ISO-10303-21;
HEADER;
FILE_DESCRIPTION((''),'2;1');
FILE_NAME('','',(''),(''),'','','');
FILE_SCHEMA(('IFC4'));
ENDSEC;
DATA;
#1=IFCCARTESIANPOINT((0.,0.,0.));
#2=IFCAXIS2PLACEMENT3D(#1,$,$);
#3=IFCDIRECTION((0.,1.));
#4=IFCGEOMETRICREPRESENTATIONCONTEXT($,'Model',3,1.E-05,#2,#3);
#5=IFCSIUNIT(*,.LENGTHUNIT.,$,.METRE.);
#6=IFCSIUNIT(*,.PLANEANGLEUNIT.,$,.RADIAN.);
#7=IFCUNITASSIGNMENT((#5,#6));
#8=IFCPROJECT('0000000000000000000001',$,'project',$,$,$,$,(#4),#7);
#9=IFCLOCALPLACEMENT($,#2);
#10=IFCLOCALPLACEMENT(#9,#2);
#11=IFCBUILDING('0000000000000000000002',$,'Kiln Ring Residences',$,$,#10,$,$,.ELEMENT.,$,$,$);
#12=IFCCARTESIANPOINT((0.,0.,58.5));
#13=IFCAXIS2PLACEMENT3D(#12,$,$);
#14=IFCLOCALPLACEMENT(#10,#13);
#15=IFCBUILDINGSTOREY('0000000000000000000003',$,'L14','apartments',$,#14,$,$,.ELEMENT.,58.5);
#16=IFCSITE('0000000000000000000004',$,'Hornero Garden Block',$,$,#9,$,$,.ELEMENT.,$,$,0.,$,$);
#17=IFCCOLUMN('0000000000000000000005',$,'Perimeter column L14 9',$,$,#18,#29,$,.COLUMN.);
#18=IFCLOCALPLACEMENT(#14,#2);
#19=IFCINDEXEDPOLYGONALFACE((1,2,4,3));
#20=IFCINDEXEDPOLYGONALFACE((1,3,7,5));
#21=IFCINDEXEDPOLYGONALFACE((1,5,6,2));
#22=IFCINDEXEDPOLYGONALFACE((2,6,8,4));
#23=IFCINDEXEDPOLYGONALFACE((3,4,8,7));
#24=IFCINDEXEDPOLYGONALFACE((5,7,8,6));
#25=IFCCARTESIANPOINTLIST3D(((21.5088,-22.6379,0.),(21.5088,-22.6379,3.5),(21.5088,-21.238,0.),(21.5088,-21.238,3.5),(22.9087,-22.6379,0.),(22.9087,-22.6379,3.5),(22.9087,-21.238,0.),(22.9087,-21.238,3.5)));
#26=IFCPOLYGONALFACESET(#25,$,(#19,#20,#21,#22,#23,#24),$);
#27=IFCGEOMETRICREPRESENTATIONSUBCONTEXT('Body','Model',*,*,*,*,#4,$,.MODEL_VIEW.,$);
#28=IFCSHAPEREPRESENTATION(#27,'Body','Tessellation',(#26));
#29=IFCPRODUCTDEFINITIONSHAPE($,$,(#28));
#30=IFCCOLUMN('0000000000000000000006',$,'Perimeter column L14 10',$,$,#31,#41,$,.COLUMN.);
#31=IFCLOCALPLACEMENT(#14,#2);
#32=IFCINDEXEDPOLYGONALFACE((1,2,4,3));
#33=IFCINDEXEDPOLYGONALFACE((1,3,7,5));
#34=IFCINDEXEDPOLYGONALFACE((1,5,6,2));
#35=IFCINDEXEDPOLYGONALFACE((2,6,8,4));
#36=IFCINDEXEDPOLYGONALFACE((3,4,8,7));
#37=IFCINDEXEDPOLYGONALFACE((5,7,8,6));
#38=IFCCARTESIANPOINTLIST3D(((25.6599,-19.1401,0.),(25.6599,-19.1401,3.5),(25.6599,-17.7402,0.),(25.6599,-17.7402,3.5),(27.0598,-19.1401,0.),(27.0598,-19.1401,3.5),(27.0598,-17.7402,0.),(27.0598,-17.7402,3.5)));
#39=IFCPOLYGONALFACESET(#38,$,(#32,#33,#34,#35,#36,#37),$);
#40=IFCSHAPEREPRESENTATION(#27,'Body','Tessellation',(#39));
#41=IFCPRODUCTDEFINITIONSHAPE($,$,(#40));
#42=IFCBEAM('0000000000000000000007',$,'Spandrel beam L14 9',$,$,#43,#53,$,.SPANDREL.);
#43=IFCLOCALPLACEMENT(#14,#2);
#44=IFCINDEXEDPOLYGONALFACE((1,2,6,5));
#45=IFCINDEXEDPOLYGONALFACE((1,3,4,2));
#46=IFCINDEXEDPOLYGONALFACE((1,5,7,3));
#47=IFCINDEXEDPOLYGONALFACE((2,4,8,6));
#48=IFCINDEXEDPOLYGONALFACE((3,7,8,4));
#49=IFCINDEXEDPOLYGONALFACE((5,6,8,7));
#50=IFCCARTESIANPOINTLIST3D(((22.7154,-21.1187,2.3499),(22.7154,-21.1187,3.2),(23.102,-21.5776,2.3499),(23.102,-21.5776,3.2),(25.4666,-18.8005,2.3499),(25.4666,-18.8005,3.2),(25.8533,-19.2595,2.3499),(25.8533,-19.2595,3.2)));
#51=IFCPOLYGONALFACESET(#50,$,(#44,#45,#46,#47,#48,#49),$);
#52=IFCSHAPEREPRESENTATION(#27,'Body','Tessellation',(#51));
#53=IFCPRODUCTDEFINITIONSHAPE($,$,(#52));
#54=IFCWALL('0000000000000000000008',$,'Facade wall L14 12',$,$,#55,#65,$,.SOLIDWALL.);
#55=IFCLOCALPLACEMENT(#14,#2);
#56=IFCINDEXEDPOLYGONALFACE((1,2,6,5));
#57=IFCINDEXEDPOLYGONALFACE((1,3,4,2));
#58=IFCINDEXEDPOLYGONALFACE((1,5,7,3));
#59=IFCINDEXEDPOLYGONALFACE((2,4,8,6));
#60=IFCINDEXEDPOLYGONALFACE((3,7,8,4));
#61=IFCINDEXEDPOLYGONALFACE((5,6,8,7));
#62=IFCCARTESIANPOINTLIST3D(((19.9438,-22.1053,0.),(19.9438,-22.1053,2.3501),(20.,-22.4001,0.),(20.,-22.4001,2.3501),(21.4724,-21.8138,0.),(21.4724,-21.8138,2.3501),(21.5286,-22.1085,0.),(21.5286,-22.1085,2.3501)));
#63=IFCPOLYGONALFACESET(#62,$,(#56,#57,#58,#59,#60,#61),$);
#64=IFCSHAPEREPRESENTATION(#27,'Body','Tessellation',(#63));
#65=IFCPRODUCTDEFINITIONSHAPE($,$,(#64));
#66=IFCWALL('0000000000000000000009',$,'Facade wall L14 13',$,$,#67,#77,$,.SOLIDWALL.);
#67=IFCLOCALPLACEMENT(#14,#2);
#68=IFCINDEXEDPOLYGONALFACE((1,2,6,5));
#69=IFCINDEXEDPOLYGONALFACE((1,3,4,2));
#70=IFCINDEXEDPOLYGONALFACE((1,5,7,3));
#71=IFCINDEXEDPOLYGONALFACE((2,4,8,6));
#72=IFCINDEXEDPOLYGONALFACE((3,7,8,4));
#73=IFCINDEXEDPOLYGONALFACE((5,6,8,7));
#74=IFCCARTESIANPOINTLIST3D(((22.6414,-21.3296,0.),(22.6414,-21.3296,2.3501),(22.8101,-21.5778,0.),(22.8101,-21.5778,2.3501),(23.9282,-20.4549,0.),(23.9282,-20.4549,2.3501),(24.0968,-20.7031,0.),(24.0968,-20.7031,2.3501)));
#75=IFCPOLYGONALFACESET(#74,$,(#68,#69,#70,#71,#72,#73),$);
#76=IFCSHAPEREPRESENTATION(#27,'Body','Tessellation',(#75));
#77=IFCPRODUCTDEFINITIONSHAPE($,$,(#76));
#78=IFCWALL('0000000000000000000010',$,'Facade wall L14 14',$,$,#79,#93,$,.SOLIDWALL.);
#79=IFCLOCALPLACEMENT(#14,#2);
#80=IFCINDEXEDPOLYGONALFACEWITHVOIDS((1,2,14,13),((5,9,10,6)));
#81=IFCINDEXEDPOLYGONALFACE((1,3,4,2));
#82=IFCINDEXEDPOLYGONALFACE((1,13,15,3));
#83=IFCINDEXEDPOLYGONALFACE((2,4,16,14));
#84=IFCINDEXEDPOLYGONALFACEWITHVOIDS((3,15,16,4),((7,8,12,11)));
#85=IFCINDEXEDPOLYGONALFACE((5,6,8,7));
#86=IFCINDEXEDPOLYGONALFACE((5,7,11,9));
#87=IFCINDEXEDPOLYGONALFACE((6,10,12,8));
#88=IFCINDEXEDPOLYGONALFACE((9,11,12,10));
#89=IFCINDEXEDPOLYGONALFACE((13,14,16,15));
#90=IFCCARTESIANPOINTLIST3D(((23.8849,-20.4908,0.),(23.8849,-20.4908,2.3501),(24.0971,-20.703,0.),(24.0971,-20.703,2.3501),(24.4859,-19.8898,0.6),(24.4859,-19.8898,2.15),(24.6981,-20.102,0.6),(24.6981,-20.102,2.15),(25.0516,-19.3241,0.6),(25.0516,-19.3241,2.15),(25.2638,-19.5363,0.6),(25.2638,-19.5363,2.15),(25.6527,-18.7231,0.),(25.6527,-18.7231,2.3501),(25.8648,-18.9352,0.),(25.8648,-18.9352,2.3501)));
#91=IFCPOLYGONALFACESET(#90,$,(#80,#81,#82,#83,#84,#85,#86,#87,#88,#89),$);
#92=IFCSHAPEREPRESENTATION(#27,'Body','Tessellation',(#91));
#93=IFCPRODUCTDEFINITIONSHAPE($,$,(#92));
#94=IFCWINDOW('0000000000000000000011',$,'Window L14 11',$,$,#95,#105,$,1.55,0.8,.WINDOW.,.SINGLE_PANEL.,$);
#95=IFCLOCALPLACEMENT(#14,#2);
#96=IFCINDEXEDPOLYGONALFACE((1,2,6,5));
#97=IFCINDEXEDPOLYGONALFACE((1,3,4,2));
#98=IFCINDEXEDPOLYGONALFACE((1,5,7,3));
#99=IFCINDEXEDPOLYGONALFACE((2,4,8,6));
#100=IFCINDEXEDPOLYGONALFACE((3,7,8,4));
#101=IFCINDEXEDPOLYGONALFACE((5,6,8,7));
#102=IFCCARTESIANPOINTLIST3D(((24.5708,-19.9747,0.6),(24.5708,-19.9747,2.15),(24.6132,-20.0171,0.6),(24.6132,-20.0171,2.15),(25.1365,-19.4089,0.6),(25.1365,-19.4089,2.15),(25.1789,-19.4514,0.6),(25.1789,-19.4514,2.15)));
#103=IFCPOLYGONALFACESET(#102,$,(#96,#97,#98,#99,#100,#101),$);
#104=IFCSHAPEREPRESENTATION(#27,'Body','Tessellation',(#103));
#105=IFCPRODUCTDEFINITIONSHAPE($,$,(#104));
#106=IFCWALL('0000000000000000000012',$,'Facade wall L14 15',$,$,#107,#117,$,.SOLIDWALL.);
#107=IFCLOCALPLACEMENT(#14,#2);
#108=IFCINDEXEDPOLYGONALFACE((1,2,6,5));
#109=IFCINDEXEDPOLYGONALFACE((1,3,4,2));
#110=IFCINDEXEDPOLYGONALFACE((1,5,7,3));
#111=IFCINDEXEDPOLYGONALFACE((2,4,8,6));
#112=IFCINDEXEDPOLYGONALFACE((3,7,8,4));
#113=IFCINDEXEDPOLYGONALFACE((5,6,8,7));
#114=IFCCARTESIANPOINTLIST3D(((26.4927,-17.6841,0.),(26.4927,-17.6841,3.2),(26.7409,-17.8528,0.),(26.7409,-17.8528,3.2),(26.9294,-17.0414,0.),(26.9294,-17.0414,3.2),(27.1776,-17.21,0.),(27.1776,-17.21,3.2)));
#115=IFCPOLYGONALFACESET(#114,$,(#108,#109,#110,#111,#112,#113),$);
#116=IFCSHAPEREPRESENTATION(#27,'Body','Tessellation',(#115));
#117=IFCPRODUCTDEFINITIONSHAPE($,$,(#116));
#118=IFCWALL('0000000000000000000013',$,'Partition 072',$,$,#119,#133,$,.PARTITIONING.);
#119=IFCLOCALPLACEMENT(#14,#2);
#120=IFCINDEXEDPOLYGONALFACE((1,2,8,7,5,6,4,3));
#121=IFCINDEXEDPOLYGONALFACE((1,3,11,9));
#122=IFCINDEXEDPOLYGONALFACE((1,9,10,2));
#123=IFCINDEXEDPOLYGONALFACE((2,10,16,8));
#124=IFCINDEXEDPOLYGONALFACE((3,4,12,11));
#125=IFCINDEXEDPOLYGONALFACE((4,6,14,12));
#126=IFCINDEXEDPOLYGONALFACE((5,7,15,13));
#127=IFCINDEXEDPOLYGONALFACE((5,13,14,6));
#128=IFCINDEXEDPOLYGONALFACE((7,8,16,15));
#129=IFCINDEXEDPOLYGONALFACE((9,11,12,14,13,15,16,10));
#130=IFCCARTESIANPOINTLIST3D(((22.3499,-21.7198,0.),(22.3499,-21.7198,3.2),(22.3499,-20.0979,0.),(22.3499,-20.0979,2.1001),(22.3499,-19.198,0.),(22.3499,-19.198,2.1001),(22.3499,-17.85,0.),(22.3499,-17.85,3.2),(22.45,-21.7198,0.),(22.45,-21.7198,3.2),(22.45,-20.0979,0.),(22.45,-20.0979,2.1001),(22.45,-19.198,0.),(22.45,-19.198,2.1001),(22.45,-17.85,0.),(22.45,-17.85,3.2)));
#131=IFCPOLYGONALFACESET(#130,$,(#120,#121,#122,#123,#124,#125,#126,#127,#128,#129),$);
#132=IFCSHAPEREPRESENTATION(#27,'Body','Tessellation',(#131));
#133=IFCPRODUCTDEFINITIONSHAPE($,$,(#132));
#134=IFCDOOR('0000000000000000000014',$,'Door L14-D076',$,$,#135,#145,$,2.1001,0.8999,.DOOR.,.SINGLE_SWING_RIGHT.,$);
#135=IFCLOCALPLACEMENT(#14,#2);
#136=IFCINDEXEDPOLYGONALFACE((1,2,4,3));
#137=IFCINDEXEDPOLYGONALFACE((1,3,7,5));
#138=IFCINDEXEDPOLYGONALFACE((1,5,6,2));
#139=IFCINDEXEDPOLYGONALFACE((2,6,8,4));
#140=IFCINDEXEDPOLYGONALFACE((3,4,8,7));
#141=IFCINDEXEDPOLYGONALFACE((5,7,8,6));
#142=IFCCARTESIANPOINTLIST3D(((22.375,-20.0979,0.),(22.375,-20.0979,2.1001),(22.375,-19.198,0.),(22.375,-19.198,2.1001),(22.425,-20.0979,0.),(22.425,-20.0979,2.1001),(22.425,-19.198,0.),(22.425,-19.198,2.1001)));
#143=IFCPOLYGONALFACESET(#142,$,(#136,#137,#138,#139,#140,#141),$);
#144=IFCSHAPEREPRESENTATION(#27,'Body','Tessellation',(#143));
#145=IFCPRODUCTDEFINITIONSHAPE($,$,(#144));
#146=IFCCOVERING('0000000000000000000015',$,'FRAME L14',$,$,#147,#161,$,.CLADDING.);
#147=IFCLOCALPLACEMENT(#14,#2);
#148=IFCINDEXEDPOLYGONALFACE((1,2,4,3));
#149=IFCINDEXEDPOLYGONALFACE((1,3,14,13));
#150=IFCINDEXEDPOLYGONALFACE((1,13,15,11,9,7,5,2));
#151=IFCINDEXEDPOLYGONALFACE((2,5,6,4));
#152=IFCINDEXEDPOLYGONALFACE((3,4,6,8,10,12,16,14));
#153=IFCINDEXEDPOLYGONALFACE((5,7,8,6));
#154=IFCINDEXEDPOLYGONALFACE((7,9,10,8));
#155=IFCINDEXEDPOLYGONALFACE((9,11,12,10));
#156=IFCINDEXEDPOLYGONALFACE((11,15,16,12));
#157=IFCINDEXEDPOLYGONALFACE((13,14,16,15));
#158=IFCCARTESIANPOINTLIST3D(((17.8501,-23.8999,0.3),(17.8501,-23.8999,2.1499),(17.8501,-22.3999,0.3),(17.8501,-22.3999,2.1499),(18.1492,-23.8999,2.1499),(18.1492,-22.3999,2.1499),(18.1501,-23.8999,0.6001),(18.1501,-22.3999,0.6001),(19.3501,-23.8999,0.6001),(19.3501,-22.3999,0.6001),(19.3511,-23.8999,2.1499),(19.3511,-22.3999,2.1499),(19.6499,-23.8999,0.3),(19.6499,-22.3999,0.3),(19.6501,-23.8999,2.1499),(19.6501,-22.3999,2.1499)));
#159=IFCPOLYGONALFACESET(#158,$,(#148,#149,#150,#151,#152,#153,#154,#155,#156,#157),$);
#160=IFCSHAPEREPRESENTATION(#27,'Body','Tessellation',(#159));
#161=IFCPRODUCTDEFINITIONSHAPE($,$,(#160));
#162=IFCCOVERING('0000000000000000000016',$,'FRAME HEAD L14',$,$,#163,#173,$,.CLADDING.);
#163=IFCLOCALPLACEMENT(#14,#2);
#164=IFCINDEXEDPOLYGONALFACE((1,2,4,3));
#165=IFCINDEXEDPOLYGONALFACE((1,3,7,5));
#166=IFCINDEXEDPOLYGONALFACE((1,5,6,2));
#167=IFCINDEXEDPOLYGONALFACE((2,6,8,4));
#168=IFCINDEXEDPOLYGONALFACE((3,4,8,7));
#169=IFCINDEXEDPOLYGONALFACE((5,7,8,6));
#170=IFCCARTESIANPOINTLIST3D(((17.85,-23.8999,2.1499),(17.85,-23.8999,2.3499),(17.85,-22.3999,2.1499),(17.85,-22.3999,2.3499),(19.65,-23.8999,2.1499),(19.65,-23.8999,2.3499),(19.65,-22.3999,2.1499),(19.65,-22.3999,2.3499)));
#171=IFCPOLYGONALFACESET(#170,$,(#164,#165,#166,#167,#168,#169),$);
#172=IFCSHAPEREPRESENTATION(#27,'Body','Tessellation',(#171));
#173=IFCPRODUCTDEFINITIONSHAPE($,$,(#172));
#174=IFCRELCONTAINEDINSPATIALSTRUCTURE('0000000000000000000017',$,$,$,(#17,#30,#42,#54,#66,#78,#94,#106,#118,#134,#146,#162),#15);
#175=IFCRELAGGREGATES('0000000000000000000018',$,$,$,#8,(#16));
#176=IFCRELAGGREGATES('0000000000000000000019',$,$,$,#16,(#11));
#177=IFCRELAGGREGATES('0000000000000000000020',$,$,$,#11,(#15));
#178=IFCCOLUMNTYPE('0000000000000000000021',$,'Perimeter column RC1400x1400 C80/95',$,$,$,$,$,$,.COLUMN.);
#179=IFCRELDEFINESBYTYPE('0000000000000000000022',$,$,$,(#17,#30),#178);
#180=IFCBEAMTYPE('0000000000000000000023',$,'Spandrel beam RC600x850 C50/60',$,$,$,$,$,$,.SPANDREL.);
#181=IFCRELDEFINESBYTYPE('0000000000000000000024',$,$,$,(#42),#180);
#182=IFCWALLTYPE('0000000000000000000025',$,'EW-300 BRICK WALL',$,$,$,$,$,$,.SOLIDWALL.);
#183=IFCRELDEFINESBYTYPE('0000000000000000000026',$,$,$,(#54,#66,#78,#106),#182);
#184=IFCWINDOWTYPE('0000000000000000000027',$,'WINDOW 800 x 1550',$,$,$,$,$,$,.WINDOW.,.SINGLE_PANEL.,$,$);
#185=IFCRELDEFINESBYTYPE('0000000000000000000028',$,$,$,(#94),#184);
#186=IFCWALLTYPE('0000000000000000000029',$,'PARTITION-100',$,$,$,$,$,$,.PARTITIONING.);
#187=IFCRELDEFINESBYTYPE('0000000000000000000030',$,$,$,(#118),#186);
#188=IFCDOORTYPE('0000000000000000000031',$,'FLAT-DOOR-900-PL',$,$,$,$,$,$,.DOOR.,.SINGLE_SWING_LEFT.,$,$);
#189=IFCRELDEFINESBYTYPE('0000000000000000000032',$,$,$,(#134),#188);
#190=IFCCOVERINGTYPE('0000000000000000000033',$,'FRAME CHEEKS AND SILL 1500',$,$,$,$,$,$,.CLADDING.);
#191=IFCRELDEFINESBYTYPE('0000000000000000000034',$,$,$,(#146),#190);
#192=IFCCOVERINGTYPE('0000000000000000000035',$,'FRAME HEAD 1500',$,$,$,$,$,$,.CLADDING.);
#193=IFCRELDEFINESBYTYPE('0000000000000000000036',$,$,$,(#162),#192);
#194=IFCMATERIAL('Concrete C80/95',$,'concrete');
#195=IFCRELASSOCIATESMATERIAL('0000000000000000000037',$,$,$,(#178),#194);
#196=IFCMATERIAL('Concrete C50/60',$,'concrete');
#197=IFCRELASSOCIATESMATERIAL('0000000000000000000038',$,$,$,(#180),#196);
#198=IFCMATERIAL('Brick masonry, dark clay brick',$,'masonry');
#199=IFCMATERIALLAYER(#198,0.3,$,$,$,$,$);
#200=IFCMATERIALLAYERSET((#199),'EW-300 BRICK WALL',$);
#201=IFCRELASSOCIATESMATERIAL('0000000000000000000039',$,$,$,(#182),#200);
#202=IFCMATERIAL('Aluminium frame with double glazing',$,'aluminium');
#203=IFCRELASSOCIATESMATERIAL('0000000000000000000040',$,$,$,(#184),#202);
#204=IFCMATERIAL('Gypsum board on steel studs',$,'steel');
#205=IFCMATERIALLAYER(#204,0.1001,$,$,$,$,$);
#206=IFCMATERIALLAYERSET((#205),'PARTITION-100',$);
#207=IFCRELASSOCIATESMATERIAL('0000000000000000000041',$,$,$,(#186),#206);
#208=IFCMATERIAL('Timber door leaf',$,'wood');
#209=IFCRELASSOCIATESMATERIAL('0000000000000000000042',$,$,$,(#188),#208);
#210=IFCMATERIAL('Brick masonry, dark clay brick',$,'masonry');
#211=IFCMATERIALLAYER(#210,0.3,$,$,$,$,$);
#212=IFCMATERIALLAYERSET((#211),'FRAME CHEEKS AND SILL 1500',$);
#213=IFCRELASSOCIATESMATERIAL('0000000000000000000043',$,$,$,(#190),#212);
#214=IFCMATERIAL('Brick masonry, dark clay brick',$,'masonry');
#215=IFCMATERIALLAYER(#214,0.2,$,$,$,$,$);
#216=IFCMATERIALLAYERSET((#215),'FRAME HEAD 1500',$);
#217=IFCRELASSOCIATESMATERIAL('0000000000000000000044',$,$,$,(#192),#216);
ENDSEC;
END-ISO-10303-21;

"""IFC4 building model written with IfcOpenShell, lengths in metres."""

from ifc_helpers import new_model, si_unit, direction, frame, frame_2d, origin, origin_2d, place, context, subcontext, project, spatial, polyline, rectangle, outline, extrude, material, layer, layer_set, material_profile, profile_set, type_object, element, fill, save


model = new_model("IFC4")

# Units and contexts
model_context = context("Model", 3, precision=1e-05, world=origin(), true_north=direction((0.0, 1.0)))
body_context = subcontext(model_context, "Body", "Model", "MODEL_VIEW")
ifc_project = project(units=[si_unit("LENGTHUNIT", "METRE"), si_unit("PLANEANGLEUNIT", "RADIAN")], contexts=[model_context])

# Site, building, storey
site_placement = place(None, origin())
site = spatial("IfcSite", under=ifc_project, at=site_placement, Name="Hornero Garden Block", CompositionType="ELEMENT", RefElevation=0.0)
building_placement = place(site_placement, origin())
building = spatial("IfcBuilding", under=site, at=building_placement, Name="Kiln Ring Residences", CompositionType="ELEMENT")
storey_placement = place(building_placement, frame((0.0, 0.0, 58.5)))
storey = spatial("IfcBuildingStorey", under=building, at=storey_placement, Name="L14", Description="apartments", CompositionType="ELEMENT", Elevation=58.5)

# Columns
ifc_material_1 = material(Name="Concrete C80/95", Category="concrete")
ifc_material_profile_1 = material_profile(ifc_material_1, rectangle(XDim=1.3999, YDim=1.3999, at=origin_2d()), Name="RC1400x1400")
ifc_profile_set_1 = profile_set([ifc_material_profile_1], Name="Concrete C80/95")
column_type = type_object("IfcColumnType", Name="Perimeter column RC1400x1400 C80/95", PredefinedType="COLUMN", material=ifc_profile_set_1)
for number, where, z_axis, x_axis, name in (
    (1, (22.2087, -21.938, 0.0), (0.0, 0.0, 1.0), (1.0, 0.0, 0.0), "Perimeter column L14 9"),
    (2, (26.3599, -18.4402, 0.0), (0.0, 0.0, 1.0), (1.0, 0.0, 0.0), "Perimeter column L14 10"),
):
    element("IfcColumn", number, at=place(storey_placement, frame(where, z_axis=z_axis, x_axis=x_axis)), inside=storey, type_object=column_type, Name=name, PredefinedType="COLUMN", context=body_context, shape_type="SweptSolid", body=[
        extrude(rectangle(XDim=1.3999, YDim=1.3999, at=origin_2d()), origin(), (0.0, 0.0, 1.0), 3.5),
    ])

# Beam
ifc_material_2 = material(Name="Concrete C50/60", Category="concrete")
ifc_material_profile_2 = material_profile(ifc_material_2, rectangle(XDim=0.6001, YDim=0.8501, at=origin_2d()), Name="RC600x850")
ifc_profile_set_2 = profile_set([ifc_material_profile_2], Name="Concrete C50/60")
beam_type = type_object("IfcBeamType", Name="Spandrel beam RC600x850 C50/60", PredefinedType="SPANDREL", material=ifc_profile_set_2)
beam_placement = place(storey_placement, frame((22.9087, -21.3481, 2.7749), z_axis=(0.764733, 0.644347, 0.0), x_axis=(-0.644347, 0.764733, 0.0)))
element("IfcBeam", 3, at=beam_placement, inside=storey, type_object=beam_type, Name="Spandrel beam L14 9", PredefinedType="SPANDREL", context=body_context, shape_type="SweptSolid", body=[
    extrude(rectangle(XDim=0.6001, YDim=0.8501, at=origin_2d()), origin(), (0.0, 0.0, 1.0), 3.5977),
])

# Walls
ifc_material_3 = material(Name="Brick masonry, dark clay brick", Category="masonry")
ifc_layer_1 = layer(ifc_material_3, 0.3)
ifc_layer_set_1 = layer_set([ifc_layer_1], Name="EW-300 BRICK WALL")
wall_type_1 = type_object("IfcWallType", Name="EW-300 BRICK WALL", PredefinedType="SOLIDWALL", material=ifc_layer_set_1)
wall_1_placement = place(storey_placement, frame((19.9719, -22.2527, 0.0), z_axis=(0.0, 0.0, 1.0), x_axis=(0.982297, 0.187328, 0.0)))
element("IfcWall", 4, at=wall_1_placement, inside=storey, type_object=wall_type_1, Name="Facade wall L14 12", PredefinedType="SOLIDWALL", context=body_context, shape_type="SweptSolid", body=[
    extrude(rectangle(XDim=1.5562, YDim=0.3, at=frame_2d((0.7781, 0.0))), origin(), (0.0, 0.0, 1.0), 2.3501),
])
wall_2_placement = place(storey_placement, frame((22.7258, -21.4536, 0.0), z_axis=(0.0, 0.0, 1.0), x_axis=(0.82702, 0.562173, 0.0)))
element("IfcWall", 5, at=wall_2_placement, inside=storey, type_object=wall_type_1, Name="Facade wall L14 13", PredefinedType="SOLIDWALL", context=body_context, shape_type="SweptSolid", body=[
    extrude(rectangle(XDim=1.5559, YDim=0.3, at=frame_2d((0.7778, 0.0))), origin(), (0.0, 0.0, 1.0), 2.3501),
])

# Wall, opening, window
wall_3_placement = place(storey_placement, frame((23.991, -20.5969, 0.0), z_axis=(0.0, 0.0, 1.0), x_axis=(0.707107, 0.707107, 0.0)))
wall_3 = element("IfcWall", 6, at=wall_3_placement, inside=storey, type_object=wall_type_1, Name="Facade wall L14 14", PredefinedType="SOLIDWALL", context=body_context, shape_type="SweptSolid", body=[
    extrude(rectangle(XDim=2.5, YDim=0.3, at=frame_2d((1.25, 0.0))), origin(), (0.0, 0.0, 1.0), 2.3501),
])
opening_1_placement = place(wall_3_placement, frame((0.8501, 0.0, 0.6001)))
opening_1 = element("IfcOpeningElement", 7, at=opening_1_placement, cuts=wall_3, PredefinedType="OPENING", context=body_context, shape_type="SweptSolid", body=[
    extrude(rectangle(XDim=0.8, YDim=1.55, at=frame_2d((0.3999, 0.7749))), frame((0.0, 0.1599, 0.0), z_axis=(0.0, -1.0, 0.0), x_axis=(1.0, 0.0, 0.0)), (0.0, 0.0, 1.0), 0.3201),
])
ifc_material_4 = material(Name="Aluminium frame with double glazing", Category="aluminium")
window_type = type_object("IfcWindowType", Name="WINDOW 800 x 1550", PartitioningType="SINGLE_PANEL", PredefinedType="WINDOW", material=ifc_material_4)
window_placement = place(opening_1_placement, origin())
window = element("IfcWindow", 8, at=window_placement, inside=storey, type_object=window_type, Name="Window L14 11", OverallHeight=1.55, OverallWidth=0.8, PartitioningType="SINGLE_PANEL", PredefinedType="WINDOW", context=body_context, shape_type="SweptSolid", body=[
    extrude(rectangle(XDim=0.8, YDim=1.55, at=frame_2d((0.3999, 0.7749))), frame((0.0, 0.03, 0.0), z_axis=(0.0, -1.0, 0.0), x_axis=(1.0, 0.0, 0.0)), (0.0, 0.0, 1.0), 0.0601),
])
fill(opening_1, window)

# Wall
wall_4_placement = place(storey_placement, frame((26.6167, -17.7686, 0.0), z_axis=(0.0, 0.0, 1.0), x_axis=(0.562001, 0.827137, 0.0)))
element("IfcWall", 9, at=wall_4_placement, inside=storey, type_object=wall_type_1, Name="Facade wall L14 15", PredefinedType="SOLIDWALL", context=body_context, shape_type="SweptSolid", body=[
    extrude(rectangle(XDim=0.7771, YDim=0.3, at=frame_2d((0.3887, 0.0))), origin(), (0.0, 0.0, 1.0), 3.2),
])

# Wall, opening, door
ifc_material_5 = material(Name="Gypsum board on steel studs", Category="steel")
ifc_layer_2 = layer(ifc_material_5, 0.1001)
ifc_layer_set_2 = layer_set([ifc_layer_2], Name="PARTITION-100")
wall_type_2 = type_object("IfcWallType", Name="PARTITION-100", PredefinedType="PARTITIONING", material=ifc_layer_set_2)
wall_5_placement = place(storey_placement, frame((22.3999, -21.72, 0.0), z_axis=(0.0, 0.0, 1.0), x_axis=(0.0, 1.0, 0.0)))
wall_5 = element("IfcWall", 10, at=wall_5_placement, inside=storey, type_object=wall_type_2, Name="Partition 072", PredefinedType="PARTITIONING", context=body_context, shape_type="SweptSolid", body=[
    extrude(rectangle(XDim=3.8699, YDim=0.1001, at=frame_2d((1.9351, 0.0))), origin(), (0.0, 0.0, 1.0), 3.2),
])
opening_2_placement = place(wall_5_placement, frame((1.6221, 0.0, 0.0)))
opening_2 = element("IfcOpeningElement", 11, at=opening_2_placement, cuts=wall_5, PredefinedType="OPENING", context=body_context, shape_type="SweptSolid", body=[
    extrude(rectangle(XDim=0.8999, YDim=2.1001, at=frame_2d((0.45, 1.05))), frame((0.0, 0.0601, 0.0), z_axis=(0.0, -1.0, 0.0), x_axis=(1.0, 0.0, 0.0)), (0.0, 0.0, 1.0), 0.1201),
])
ifc_material_6 = material(Name="Timber door leaf", Category="wood")
door_type = type_object("IfcDoorType", Name="FLAT-DOOR-900-PL", OperationType="SINGLE_SWING_LEFT", PredefinedType="DOOR", material=ifc_material_6)
door_placement = place(opening_2_placement, origin())
door = element("IfcDoor", 12, at=door_placement, inside=storey, type_object=door_type, Name="Door L14-D076", OperationType="SINGLE_SWING_RIGHT", OverallHeight=2.1001, OverallWidth=0.8999, PredefinedType="DOOR", context=body_context, shape_type="SweptSolid", body=[
    extrude(rectangle(XDim=0.8999, YDim=2.1001, at=frame_2d((0.45, 1.05))), frame((0.0, 0.0249, 0.0), z_axis=(0.0, -1.0, 0.0), x_axis=(1.0, 0.0, 0.0)), (0.0, 0.0, 1.0), 0.05),
])
fill(opening_2, door)

# Coverings
ifc_material_7 = material(Name="Brick masonry, dark clay brick", Category="masonry")
ifc_layer_3 = layer(ifc_material_7, 0.3)
ifc_layer_set_3 = layer_set([ifc_layer_3], Name="FRAME CHEEKS AND SILL 1500")
covering_type_1 = type_object("IfcCoveringType", Name="FRAME CHEEKS AND SILL 1500", PredefinedType="CLADDING", material=ifc_layer_set_3)
covering_1_placement = place(storey_placement, frame((17.8501, -23.1499, 0.3), z_axis=(0.0, 0.0, 1.0), x_axis=(1.0, 0.0, 0.0)))
element("IfcCovering", 13, at=covering_1_placement, inside=storey, type_object=covering_type_1, Name="FRAME L14", PredefinedType="CLADDING", context=body_context, shape_type="SweptSolid", body=[
    extrude(outline(polyline([(0.0, 0.0), (1.7998, 0.0), (1.8, 1.8499), (1.501, 1.8499), (1.5, 0.3), (0.3, 0.3), (0.2991, 1.8499), (0.0, 1.8499), (0.0, 0.0)])), frame((0.0, 0.75, 0.0), z_axis=(0.0, -1.0, 0.0), x_axis=(1.0, 0.0, 0.0)), (0.0, 0.0, 1.0), 1.5),
])
ifc_material_8 = material(Name="Brick masonry, dark clay brick", Category="masonry")
ifc_layer_4 = layer(ifc_material_8, 0.2)
ifc_layer_set_4 = layer_set([ifc_layer_4], Name="FRAME HEAD 1500")
covering_type_2 = type_object("IfcCoveringType", Name="FRAME HEAD 1500", PredefinedType="CLADDING", material=ifc_layer_set_4)
covering_2_placement = place(storey_placement, frame((18.75, -23.1499, 2.1499), z_axis=(0.0, 0.0, 1.0), x_axis=(1.0, 0.0, 0.0)))
element("IfcCovering", 14, at=covering_2_placement, inside=storey, type_object=covering_type_2, Name="FRAME HEAD L14", PredefinedType="CLADDING", context=body_context, shape_type="SweptSolid", body=[
    extrude(rectangle(XDim=1.8, YDim=1.5, at=origin_2d()), origin(), (0.0, 0.0, 1.0), 0.2),
])

save(model, "model.ifc")
